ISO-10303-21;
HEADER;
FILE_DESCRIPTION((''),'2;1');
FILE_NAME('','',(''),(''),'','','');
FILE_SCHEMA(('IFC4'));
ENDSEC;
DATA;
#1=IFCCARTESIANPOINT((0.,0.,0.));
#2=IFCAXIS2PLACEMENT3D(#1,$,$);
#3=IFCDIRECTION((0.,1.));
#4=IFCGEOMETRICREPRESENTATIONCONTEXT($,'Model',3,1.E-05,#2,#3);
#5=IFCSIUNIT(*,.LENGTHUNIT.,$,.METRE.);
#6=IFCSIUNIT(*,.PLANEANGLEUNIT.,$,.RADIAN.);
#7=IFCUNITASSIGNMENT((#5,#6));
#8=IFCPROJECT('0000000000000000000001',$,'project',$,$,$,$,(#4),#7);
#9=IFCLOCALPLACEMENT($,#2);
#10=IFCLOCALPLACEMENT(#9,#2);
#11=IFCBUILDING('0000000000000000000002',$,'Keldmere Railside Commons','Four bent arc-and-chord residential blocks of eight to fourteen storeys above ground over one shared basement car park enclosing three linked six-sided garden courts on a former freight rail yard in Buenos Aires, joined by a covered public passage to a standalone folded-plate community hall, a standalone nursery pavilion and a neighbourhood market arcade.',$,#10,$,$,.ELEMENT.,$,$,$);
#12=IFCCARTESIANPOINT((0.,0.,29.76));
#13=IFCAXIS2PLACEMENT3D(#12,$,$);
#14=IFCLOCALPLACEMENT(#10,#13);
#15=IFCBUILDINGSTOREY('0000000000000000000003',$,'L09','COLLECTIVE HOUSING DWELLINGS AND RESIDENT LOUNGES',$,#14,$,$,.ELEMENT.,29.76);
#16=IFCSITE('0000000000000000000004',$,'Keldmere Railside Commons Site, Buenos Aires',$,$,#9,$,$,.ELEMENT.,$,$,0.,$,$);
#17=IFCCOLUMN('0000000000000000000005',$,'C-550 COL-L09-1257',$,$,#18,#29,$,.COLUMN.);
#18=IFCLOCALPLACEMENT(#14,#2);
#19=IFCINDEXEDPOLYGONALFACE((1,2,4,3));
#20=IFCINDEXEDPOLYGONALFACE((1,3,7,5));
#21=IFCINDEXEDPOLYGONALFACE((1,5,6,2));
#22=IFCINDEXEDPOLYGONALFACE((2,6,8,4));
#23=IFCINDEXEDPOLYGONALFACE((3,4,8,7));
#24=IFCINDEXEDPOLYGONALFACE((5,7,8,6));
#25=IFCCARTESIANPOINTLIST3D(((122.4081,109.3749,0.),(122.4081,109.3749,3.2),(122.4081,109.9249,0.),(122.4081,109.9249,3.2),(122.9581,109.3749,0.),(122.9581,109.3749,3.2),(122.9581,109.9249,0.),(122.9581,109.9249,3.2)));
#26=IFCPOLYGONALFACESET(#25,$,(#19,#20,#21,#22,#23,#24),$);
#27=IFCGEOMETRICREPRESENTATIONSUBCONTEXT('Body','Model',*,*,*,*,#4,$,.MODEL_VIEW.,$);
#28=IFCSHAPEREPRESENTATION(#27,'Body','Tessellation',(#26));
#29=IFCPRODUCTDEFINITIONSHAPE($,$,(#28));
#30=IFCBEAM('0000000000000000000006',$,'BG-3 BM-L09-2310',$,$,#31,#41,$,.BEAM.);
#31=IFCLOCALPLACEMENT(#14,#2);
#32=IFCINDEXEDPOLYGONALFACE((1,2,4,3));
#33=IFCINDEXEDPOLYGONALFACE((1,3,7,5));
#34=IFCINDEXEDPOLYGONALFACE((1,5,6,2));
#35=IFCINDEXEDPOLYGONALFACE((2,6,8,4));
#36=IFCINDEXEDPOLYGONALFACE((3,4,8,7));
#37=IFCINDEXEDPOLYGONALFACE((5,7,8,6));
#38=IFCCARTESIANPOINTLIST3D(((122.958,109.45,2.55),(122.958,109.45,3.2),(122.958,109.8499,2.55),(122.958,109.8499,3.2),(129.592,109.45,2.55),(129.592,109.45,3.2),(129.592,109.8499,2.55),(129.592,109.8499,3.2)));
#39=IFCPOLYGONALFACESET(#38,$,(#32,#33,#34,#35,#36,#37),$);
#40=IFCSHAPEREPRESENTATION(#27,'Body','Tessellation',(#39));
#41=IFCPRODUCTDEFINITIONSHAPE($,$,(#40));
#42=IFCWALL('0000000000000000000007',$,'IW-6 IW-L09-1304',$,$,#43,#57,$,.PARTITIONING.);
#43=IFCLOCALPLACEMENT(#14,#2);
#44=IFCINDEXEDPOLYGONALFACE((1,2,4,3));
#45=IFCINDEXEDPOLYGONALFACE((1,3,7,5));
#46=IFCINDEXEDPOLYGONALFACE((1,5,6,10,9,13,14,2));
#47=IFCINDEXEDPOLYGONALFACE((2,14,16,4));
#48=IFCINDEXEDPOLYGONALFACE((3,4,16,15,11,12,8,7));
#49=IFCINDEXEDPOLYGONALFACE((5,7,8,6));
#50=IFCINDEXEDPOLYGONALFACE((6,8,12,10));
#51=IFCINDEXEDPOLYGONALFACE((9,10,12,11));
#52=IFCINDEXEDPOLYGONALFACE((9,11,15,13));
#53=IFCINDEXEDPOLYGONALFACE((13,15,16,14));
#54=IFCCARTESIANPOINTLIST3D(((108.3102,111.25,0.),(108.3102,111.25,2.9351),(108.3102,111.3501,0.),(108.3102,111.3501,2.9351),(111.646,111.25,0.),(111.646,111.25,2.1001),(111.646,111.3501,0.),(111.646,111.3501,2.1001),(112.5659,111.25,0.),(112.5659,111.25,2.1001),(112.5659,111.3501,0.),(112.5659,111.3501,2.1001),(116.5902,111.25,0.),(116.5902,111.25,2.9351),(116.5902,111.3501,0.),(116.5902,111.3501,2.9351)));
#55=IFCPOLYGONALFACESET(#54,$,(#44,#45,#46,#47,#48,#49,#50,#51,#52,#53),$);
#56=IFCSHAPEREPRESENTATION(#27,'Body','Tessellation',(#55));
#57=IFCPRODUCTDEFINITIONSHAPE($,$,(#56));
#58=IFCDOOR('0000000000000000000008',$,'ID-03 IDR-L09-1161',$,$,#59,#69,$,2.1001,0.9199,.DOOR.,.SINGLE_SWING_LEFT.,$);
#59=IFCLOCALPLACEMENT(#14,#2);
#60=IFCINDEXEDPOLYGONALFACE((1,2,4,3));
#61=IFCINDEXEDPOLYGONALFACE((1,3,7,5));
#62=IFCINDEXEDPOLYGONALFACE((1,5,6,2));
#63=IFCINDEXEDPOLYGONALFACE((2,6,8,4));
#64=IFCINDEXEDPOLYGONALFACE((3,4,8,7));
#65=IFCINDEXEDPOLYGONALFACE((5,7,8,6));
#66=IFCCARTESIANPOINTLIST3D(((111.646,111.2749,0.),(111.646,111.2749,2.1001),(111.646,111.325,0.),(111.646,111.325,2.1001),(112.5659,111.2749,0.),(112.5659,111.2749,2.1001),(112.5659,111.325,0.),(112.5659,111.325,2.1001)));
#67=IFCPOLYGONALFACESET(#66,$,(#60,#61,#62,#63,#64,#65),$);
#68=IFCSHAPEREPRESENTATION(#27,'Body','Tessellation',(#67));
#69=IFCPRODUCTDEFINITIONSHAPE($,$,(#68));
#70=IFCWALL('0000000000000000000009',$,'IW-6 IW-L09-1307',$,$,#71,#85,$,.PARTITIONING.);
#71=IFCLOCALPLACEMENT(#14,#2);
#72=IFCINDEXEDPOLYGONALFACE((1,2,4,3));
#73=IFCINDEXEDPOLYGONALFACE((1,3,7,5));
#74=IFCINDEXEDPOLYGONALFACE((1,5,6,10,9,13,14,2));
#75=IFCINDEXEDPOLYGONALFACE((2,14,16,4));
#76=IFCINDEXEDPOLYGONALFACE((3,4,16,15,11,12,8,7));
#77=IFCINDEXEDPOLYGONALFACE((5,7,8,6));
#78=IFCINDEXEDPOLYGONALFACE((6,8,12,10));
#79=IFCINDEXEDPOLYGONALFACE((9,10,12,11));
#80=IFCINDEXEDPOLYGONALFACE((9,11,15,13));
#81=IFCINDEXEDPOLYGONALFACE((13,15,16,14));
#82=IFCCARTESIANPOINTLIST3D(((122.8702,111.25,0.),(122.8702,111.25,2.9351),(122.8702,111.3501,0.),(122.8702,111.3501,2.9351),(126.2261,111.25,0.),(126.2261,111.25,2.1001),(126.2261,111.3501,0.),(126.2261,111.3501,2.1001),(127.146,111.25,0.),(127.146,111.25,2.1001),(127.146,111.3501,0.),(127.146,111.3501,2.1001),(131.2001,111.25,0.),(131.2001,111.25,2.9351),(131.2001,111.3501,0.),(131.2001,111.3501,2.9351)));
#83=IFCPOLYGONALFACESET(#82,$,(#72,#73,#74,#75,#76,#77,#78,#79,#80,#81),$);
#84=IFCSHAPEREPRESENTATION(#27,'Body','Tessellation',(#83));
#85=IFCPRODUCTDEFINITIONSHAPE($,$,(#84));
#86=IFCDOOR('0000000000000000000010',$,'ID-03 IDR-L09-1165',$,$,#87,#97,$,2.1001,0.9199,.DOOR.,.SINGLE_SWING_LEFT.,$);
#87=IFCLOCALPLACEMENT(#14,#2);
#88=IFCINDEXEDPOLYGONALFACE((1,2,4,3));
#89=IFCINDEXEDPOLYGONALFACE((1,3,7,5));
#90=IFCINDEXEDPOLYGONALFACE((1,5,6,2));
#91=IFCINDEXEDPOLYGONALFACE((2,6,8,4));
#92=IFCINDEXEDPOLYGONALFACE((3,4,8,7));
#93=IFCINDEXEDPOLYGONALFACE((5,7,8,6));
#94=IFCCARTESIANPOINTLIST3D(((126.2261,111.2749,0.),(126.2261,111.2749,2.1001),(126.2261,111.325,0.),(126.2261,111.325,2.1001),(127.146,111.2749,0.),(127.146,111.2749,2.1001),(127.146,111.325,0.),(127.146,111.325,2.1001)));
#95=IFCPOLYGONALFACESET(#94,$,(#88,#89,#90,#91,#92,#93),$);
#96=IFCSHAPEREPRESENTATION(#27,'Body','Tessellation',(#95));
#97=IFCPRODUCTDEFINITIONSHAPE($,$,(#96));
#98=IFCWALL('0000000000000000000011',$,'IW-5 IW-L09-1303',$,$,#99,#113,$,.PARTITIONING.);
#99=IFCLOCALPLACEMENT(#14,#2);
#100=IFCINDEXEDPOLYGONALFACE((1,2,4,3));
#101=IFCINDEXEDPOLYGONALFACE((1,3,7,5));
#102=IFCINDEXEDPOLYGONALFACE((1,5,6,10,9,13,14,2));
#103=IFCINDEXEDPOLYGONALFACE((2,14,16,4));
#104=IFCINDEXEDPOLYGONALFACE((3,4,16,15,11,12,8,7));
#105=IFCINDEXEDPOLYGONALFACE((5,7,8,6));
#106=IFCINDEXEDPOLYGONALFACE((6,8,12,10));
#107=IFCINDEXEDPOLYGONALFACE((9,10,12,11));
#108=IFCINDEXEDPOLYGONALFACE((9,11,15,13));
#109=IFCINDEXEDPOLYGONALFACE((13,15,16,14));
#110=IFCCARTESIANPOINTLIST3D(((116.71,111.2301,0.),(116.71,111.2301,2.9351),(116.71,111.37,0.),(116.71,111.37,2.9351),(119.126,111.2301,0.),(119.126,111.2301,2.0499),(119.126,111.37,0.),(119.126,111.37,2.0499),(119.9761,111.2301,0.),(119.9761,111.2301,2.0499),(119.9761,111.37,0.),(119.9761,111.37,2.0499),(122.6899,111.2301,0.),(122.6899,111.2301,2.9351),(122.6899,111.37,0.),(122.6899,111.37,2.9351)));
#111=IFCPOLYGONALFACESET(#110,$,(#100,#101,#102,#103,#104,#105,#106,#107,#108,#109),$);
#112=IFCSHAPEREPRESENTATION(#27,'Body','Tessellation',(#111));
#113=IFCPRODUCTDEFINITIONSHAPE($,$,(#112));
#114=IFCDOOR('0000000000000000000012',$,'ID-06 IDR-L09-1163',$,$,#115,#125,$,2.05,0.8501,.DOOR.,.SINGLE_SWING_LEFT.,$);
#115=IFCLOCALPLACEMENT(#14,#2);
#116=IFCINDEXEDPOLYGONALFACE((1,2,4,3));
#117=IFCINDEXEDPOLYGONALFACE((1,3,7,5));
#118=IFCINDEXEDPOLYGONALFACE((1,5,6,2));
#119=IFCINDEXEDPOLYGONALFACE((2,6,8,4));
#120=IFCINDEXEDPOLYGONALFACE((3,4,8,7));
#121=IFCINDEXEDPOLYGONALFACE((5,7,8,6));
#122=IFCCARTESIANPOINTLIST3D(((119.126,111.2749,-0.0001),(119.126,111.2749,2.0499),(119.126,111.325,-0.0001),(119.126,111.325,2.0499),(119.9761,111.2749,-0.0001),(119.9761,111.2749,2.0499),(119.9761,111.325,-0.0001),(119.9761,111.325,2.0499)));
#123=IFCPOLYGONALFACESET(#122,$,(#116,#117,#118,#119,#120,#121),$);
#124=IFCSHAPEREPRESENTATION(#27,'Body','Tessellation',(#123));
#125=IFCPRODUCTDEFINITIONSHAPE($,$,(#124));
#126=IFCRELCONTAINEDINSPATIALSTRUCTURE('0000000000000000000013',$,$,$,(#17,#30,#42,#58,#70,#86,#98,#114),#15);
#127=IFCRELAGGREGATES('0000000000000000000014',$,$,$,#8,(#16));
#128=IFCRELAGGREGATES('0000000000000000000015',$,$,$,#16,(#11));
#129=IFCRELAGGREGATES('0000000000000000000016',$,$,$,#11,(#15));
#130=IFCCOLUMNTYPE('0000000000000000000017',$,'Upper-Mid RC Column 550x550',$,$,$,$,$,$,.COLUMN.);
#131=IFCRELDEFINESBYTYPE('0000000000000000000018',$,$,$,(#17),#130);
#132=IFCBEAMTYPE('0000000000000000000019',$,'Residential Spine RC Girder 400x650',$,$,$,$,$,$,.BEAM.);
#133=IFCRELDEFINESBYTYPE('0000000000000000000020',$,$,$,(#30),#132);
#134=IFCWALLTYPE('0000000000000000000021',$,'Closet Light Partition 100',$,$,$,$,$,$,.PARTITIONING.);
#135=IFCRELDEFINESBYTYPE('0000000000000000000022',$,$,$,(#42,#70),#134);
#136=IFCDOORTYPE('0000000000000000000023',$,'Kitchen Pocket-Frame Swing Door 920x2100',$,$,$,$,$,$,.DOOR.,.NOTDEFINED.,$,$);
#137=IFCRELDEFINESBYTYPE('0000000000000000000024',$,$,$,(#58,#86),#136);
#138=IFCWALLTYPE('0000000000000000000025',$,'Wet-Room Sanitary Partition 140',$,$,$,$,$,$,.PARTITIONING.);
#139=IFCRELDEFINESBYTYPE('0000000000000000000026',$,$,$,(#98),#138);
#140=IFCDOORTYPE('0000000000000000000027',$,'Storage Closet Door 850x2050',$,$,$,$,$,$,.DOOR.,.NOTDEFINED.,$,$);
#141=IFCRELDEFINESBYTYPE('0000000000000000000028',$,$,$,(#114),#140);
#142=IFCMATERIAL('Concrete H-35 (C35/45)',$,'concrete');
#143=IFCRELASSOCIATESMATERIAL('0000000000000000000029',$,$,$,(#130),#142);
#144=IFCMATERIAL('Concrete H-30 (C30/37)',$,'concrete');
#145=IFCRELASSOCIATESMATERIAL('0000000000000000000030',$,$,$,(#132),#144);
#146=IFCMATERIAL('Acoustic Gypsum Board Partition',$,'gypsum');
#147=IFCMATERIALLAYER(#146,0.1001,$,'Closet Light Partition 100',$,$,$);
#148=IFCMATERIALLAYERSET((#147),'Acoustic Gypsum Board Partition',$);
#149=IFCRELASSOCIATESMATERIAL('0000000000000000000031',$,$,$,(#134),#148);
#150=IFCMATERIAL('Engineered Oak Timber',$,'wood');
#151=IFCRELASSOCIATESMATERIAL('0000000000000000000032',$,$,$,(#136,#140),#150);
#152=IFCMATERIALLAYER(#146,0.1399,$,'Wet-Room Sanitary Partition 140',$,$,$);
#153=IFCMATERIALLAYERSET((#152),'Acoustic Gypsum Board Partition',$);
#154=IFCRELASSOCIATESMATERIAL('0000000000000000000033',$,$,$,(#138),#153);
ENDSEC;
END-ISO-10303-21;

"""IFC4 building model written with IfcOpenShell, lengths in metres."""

from ifc_helpers import new_model, si_unit, direction, frame, frame_2d, origin, origin_2d, place, context, subcontext, project, spatial, rectangle, extrude, material, layer, layer_set, material_profile, profile_set, type_object, element, fill, save


model = new_model("IFC4")

# Units and contexts
model_context = context("Model", 3, precision=1e-05, world=origin(), true_north=direction((0.0, 1.0)))
body_context = subcontext(model_context, "Body", "Model", "MODEL_VIEW")
ifc_project = project(units=[si_unit("LENGTHUNIT", "METRE"), si_unit("PLANEANGLEUNIT", "RADIAN")], contexts=[model_context])

# Site, building, storey
site_placement = place(None, origin())
site = spatial("IfcSite", under=ifc_project, at=site_placement, Name="Keldmere Railside Commons Site, Buenos Aires", CompositionType="ELEMENT", RefElevation=0.0)
building_placement = place(site_placement, origin())
building = spatial("IfcBuilding", under=site, at=building_placement, Name="Keldmere Railside Commons", Description="Four bent arc-and-chord residential blocks of eight to fourteen storeys above ground over one shared basement car park enclosing three linked six-sided garden courts on a former freight rail yard in Buenos Aires, joined by a covered public passage to a standalone folded-plate community hall, a standalone nursery pavilion and a neighbourhood market arcade.", CompositionType="ELEMENT")
storey_placement = place(building_placement, frame((0.0, 0.0, 29.76)))
storey = spatial("IfcBuildingStorey", under=building, at=storey_placement, Name="L09", Description="COLLECTIVE HOUSING DWELLINGS AND RESIDENT LOUNGES", CompositionType="ELEMENT", Elevation=29.76)

# Column
ifc_material_1 = material(Name="Concrete H-35 (C35/45)", Category="concrete")
ifc_material_profile_1 = material_profile(ifc_material_1, rectangle(XDim=0.55, YDim=0.55, at=origin_2d()), Name="RC-550x550")
ifc_profile_set_1 = profile_set([ifc_material_profile_1], Name="Concrete H-35 (C35/45)")
column_type = type_object("IfcColumnType", Name="Upper-Mid RC Column 550x550", PredefinedType="COLUMN", material=ifc_profile_set_1)
column_placement = place(storey_placement, frame((122.6831, 109.6499, 0.0), z_axis=(0.0, 0.0, 1.0), x_axis=(1.0, 0.0, 0.0)))
element("IfcColumn", 1, at=column_placement, inside=storey, type_object=column_type, Name="C-550 COL-L09-1257", PredefinedType="COLUMN", context=body_context, shape_type="SweptSolid", body=[
    extrude(rectangle(XDim=0.55, YDim=0.55, at=origin_2d()), origin(), (0.0, 0.0, 1.0), 3.2),
])

# Beam
ifc_material_2 = material(Name="Concrete H-30 (C30/37)", Category="concrete")
ifc_material_profile_2 = material_profile(ifc_material_2, rectangle(XDim=0.3999, YDim=0.6499, at=origin_2d()), Name="RC-400x650")
ifc_profile_set_2 = profile_set([ifc_material_profile_2], Name="Concrete H-30 (C30/37)")
beam_type = type_object("IfcBeamType", Name="Residential Spine RC Girder 400x650", PredefinedType="BEAM", material=ifc_profile_set_2)
beam_placement = place(storey_placement, frame((122.958, 109.6499, 2.875), z_axis=(1.0, 0.0, 0.0), x_axis=(0.0, 1.0, 0.0)))
element("IfcBeam", 2, at=beam_placement, inside=storey, type_object=beam_type, Name="BG-3 BM-L09-2310", PredefinedType="BEAM", context=body_context, shape_type="SweptSolid", body=[
    extrude(rectangle(XDim=0.3999, YDim=0.6499, at=origin_2d()), origin(), (0.0, 0.0, 1.0), 6.634),
])

# Walls, openings, doors
ifc_material_3 = material(Name="Acoustic Gypsum Board Partition", Category="gypsum")
ifc_layer_1 = layer(ifc_material_3, 0.1001, Name="Closet Light Partition 100")
ifc_layer_set_1 = layer_set([ifc_layer_1], Name="Acoustic Gypsum Board Partition")
wall_type_1 = type_object("IfcWallType", Name="Closet Light Partition 100", PredefinedType="PARTITIONING", material=ifc_layer_set_1)
wall_1_placement = place(storey_placement, frame((108.3101, 111.3, 0.0), z_axis=(0.0, 0.0, 1.0), x_axis=(1.0, 0.0, 0.0)))
wall_1 = element("IfcWall", 3, at=wall_1_placement, inside=storey, type_object=wall_type_1, Name="IW-6 IW-L09-1304", PredefinedType="PARTITIONING", context=body_context, shape_type="SweptSolid", body=[
    extrude(rectangle(XDim=8.28, YDim=0.1001, at=frame_2d((4.1401, 0.0))), origin(), (0.0, 0.0, 1.0), 2.9351),
])
opening_1_placement = place(wall_1_placement, frame((3.3359, 0.0, 0.0)))
opening_1 = element("IfcOpeningElement", 4, at=opening_1_placement, cuts=wall_1, PredefinedType="OPENING", context=body_context, shape_type="SweptSolid", body=[
    extrude(rectangle(XDim=0.9199, YDim=2.1001, at=frame_2d((0.46, 1.05))), frame((0.0, 0.0601, 0.0), z_axis=(0.0, -1.0, 0.0), x_axis=(1.0, 0.0, 0.0)), (0.0, 0.0, 1.0), 0.1201),
])
ifc_material_4 = material(Name="Engineered Oak Timber", Category="wood")
door_type_1 = type_object("IfcDoorType", Name="Kitchen Pocket-Frame Swing Door 920x2100", OperationType="NOTDEFINED", PredefinedType="DOOR", material=ifc_material_4)
door_1_placement = place(opening_1_placement, origin())
door_1 = element("IfcDoor", 5, at=door_1_placement, inside=storey, type_object=door_type_1, Name="ID-03 IDR-L09-1161", OperationType="SINGLE_SWING_LEFT", OverallHeight=2.1001, OverallWidth=0.9199, PredefinedType="DOOR", context=body_context, shape_type="SweptSolid", body=[
    extrude(rectangle(XDim=0.9199, YDim=2.1001, at=frame_2d((0.46, 1.05))), frame((0.0, 0.0249, 0.0), z_axis=(0.0, -1.0, 0.0), x_axis=(1.0, 0.0, 0.0)), (0.0, 0.0, 1.0), 0.05),
])
fill(opening_1, door_1)
wall_2_placement = place(storey_placement, frame((122.8701, 111.3, 0.0), z_axis=(0.0, 0.0, 1.0), x_axis=(1.0, 0.0, 0.0)))
wall_2 = element("IfcWall", 6, at=wall_2_placement, inside=storey, type_object=wall_type_1, Name="IW-6 IW-L09-1307", PredefinedType="PARTITIONING", context=body_context, shape_type="SweptSolid", body=[
    extrude(rectangle(XDim=8.3298, YDim=0.1001, at=frame_2d((4.165, 0.0))), origin(), (0.0, 0.0, 1.0), 2.9351),
])
opening_2_placement = place(wall_2_placement, frame((3.356, 0.0, 0.0)))
opening_2 = element("IfcOpeningElement", 7, at=opening_2_placement, cuts=wall_2, PredefinedType="OPENING", context=body_context, shape_type="SweptSolid", body=[
    extrude(rectangle(XDim=0.9199, YDim=2.1001, at=frame_2d((0.46, 1.05))), frame((0.0, 0.0601, 0.0), z_axis=(0.0, -1.0, 0.0), x_axis=(1.0, 0.0, 0.0)), (0.0, 0.0, 1.0), 0.1201),
])
door_2_placement = place(opening_2_placement, origin())
door_2 = element("IfcDoor", 8, at=door_2_placement, inside=storey, type_object=door_type_1, Name="ID-03 IDR-L09-1165", OperationType="SINGLE_SWING_LEFT", OverallHeight=2.1001, OverallWidth=0.9199, PredefinedType="DOOR", context=body_context, shape_type="SweptSolid", body=[
    extrude(rectangle(XDim=0.9199, YDim=2.1001, at=frame_2d((0.46, 1.05))), frame((0.0, 0.0249, 0.0), z_axis=(0.0, -1.0, 0.0), x_axis=(1.0, 0.0, 0.0)), (0.0, 0.0, 1.0), 0.05),
])
fill(opening_2, door_2)
ifc_layer_2 = layer(ifc_material_3, 0.1399, Name="Wet-Room Sanitary Partition 140")
ifc_layer_set_2 = layer_set([ifc_layer_2], Name="Acoustic Gypsum Board Partition")
wall_type_2 = type_object("IfcWallType", Name="Wet-Room Sanitary Partition 140", PredefinedType="PARTITIONING", material=ifc_layer_set_2)
wall_3_placement = place(storey_placement, frame((116.71, 111.3, 0.0), z_axis=(0.0, 0.0, 1.0), x_axis=(1.0, 0.0, 0.0)))
wall_3 = element("IfcWall", 9, at=wall_3_placement, inside=storey, type_object=wall_type_2, Name="IW-5 IW-L09-1303", PredefinedType="PARTITIONING", context=body_context, shape_type="SweptSolid", body=[
    extrude(rectangle(XDim=5.98, YDim=0.1399, at=frame_2d((2.99, 0.0))), origin(), (0.0, 0.0, 1.0), 2.9351),
])
opening_3_placement = place(wall_3_placement, frame((2.416, 0.0, 0.0)))
opening_3 = element("IfcOpeningElement", 10, at=opening_3_placement, cuts=wall_3, PredefinedType="OPENING", context=body_context, shape_type="SweptSolid", body=[
    extrude(rectangle(XDim=0.8501, YDim=2.05, at=frame_2d((0.425, 1.0249))), frame((0.0, 0.0798, 0.0), z_axis=(0.0, -1.0, 0.0), x_axis=(1.0, 0.0, 0.0)), (0.0, 0.0, 1.0), 0.1599),
])
door_type_2 = type_object("IfcDoorType", Name="Storage Closet Door 850x2050", OperationType="NOTDEFINED", PredefinedType="DOOR", material=ifc_material_4)
door_3_placement = place(opening_3_placement, origin())
door_3 = element("IfcDoor", 11, at=door_3_placement, inside=storey, type_object=door_type_2, Name="ID-06 IDR-L09-1163", OperationType="SINGLE_SWING_LEFT", OverallHeight=2.05, OverallWidth=0.8501, PredefinedType="DOOR", context=body_context, shape_type="SweptSolid", body=[
    extrude(rectangle(XDim=0.8501, YDim=2.05, at=frame_2d((0.425, 1.0249))), frame((0.0, 0.0249, 0.0), z_axis=(0.0, -1.0, 0.0), x_axis=(1.0, 0.0, 0.0)), (0.0, 0.0, 1.0), 0.05),
])
fill(opening_3, door_3)

save(model, "model.ifc")
